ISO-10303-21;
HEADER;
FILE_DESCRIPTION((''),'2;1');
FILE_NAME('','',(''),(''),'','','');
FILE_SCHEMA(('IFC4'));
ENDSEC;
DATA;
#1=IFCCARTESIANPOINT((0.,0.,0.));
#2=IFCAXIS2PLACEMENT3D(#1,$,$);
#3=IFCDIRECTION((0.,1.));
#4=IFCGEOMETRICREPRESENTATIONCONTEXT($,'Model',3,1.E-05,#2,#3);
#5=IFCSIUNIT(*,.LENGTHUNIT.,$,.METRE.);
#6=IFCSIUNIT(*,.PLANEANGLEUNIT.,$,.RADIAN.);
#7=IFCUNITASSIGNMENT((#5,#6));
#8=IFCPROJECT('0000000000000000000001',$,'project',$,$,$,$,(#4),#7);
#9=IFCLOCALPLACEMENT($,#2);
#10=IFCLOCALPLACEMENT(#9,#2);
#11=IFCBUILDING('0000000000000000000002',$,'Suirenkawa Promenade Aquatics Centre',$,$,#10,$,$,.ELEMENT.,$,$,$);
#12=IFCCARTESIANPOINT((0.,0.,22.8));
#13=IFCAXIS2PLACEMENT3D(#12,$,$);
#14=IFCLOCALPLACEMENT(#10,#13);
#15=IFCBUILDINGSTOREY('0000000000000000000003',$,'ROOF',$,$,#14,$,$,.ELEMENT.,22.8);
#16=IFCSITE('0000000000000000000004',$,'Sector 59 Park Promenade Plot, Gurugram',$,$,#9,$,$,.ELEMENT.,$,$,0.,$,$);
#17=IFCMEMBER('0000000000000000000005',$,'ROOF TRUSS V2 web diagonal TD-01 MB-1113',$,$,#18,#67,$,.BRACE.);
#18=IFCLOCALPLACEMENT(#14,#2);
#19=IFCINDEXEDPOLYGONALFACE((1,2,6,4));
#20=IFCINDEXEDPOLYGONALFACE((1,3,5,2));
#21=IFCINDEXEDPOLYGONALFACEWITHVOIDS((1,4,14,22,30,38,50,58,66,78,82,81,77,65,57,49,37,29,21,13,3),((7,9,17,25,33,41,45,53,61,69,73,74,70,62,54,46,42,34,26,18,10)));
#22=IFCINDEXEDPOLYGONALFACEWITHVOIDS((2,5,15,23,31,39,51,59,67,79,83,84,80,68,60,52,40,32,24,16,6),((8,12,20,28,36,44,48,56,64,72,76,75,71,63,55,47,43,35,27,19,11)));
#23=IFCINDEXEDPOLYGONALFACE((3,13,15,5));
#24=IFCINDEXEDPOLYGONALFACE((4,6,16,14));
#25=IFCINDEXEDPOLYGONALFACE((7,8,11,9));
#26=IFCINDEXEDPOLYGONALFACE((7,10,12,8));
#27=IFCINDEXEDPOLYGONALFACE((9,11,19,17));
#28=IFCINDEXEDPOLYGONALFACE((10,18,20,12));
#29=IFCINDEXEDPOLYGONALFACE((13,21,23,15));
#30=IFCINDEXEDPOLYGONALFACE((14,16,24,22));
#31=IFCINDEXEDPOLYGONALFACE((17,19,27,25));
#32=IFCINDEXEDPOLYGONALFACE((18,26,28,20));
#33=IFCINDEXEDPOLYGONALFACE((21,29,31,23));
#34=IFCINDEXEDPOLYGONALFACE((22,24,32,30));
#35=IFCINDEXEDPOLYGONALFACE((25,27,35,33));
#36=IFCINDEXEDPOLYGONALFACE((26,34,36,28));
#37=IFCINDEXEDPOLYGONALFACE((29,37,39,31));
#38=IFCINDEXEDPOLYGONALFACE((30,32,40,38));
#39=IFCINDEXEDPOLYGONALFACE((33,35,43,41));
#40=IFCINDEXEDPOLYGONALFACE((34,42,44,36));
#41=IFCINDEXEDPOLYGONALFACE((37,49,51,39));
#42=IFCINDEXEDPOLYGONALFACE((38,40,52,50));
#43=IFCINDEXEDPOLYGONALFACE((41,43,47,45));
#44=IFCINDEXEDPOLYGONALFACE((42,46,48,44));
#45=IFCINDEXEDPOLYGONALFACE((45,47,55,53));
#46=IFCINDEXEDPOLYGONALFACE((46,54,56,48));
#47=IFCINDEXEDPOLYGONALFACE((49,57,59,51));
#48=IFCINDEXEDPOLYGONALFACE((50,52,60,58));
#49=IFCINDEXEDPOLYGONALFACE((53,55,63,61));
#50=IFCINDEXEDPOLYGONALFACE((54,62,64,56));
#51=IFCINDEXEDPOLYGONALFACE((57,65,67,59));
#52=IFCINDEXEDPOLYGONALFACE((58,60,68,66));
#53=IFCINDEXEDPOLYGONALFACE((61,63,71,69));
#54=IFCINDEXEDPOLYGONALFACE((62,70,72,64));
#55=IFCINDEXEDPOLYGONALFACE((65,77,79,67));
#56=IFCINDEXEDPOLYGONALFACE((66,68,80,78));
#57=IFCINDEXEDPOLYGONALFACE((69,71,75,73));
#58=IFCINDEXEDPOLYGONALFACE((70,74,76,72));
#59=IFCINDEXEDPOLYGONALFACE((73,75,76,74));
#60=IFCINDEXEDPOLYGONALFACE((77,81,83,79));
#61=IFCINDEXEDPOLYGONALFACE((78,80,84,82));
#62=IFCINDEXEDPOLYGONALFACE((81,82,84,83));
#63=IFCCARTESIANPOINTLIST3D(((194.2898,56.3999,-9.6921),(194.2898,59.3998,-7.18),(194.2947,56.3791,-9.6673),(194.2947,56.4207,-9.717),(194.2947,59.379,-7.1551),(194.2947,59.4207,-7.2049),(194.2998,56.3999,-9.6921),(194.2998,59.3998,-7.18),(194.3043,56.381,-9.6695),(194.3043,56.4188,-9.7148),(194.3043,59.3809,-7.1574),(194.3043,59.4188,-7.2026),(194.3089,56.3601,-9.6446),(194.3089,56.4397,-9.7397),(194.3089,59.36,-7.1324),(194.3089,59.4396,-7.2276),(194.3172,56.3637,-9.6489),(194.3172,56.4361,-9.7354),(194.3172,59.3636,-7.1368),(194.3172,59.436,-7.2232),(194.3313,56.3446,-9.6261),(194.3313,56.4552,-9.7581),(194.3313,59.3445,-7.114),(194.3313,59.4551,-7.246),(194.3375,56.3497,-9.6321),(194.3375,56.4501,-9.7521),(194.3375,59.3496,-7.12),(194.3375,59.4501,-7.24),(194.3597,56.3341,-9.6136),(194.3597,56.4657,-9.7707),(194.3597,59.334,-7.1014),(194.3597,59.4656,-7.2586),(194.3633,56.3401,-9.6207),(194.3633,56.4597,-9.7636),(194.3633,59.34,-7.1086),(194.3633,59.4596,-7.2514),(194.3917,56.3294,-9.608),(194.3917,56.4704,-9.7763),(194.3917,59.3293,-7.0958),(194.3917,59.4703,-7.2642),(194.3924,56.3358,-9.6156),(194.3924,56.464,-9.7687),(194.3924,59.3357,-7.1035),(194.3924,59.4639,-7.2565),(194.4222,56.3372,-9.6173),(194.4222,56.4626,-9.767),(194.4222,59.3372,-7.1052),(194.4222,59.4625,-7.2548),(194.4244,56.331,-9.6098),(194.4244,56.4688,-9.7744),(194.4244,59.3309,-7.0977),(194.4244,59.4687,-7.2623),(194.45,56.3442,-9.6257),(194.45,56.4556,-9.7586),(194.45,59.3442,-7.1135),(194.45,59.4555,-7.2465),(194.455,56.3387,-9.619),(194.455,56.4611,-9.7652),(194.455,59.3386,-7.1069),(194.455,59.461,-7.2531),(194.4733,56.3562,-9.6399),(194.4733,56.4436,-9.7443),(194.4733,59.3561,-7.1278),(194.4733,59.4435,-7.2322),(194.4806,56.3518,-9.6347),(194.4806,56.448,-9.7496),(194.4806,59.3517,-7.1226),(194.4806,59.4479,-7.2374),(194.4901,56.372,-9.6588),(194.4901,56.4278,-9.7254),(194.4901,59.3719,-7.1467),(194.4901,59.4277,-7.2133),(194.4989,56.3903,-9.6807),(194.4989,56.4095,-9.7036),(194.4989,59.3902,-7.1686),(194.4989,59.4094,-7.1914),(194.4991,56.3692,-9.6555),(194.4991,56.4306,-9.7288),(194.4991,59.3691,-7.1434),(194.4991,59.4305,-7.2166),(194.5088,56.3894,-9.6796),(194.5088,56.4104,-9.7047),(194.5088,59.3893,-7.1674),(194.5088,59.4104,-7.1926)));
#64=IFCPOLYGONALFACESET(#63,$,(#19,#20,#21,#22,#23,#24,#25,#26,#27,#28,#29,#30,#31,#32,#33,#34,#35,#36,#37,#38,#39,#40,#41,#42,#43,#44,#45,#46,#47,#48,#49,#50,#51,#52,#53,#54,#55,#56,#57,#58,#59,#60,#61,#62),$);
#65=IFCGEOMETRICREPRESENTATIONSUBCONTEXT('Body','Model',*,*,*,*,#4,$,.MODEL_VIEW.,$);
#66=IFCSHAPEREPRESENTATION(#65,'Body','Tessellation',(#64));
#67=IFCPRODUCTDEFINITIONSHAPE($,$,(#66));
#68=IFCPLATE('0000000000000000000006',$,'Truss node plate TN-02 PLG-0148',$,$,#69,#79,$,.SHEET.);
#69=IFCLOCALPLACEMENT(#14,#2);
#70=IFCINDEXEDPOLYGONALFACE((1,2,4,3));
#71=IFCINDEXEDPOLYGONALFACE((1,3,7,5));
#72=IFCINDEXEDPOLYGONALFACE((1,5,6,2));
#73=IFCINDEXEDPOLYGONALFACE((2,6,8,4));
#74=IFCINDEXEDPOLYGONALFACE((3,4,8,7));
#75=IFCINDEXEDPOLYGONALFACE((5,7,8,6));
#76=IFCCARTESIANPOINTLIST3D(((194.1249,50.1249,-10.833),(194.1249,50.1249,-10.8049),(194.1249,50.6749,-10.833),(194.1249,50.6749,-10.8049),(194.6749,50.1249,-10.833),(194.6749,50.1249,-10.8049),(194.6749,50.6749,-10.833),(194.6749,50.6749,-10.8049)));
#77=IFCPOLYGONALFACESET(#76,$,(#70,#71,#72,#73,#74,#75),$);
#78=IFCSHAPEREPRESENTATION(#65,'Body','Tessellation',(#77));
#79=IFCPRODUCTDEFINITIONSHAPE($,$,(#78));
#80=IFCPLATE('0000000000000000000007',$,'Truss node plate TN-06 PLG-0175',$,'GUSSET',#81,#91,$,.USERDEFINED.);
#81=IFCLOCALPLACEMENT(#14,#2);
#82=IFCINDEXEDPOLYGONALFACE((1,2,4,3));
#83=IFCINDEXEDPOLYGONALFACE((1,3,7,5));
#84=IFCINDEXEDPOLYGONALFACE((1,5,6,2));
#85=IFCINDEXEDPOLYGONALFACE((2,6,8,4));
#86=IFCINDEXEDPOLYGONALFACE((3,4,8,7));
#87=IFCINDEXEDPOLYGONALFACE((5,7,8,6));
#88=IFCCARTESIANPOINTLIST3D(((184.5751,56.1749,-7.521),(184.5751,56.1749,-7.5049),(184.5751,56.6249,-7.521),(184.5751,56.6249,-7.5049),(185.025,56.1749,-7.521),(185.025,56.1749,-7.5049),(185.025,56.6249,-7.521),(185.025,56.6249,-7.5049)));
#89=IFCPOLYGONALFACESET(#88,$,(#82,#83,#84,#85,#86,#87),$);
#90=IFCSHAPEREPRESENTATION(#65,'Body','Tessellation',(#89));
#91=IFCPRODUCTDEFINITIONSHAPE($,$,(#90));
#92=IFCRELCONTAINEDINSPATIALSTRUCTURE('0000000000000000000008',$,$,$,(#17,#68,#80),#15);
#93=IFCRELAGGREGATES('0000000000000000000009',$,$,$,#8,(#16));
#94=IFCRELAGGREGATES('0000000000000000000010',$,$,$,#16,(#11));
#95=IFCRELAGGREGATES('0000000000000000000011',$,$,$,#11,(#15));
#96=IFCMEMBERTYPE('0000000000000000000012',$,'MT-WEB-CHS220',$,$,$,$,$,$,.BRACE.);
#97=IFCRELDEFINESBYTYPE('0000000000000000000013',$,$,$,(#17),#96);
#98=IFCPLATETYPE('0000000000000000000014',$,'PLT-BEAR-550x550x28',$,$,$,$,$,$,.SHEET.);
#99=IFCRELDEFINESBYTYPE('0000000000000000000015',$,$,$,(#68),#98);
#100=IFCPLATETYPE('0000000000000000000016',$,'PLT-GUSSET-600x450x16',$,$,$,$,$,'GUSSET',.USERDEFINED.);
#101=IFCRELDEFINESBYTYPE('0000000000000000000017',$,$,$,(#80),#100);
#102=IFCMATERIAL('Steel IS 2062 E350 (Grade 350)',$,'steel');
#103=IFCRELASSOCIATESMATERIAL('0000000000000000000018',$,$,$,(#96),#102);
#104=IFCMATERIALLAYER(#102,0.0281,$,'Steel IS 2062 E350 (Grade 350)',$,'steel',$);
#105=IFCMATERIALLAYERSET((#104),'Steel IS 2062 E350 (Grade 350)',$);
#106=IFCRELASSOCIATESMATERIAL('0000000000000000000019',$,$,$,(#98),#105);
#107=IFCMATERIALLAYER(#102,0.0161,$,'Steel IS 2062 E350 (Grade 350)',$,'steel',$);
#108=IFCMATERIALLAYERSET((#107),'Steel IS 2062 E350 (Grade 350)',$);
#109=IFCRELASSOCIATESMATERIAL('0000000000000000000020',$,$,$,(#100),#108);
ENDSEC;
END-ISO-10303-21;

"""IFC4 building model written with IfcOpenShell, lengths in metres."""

from ifc_helpers import new_model, si_unit, direction, frame, origin, origin_2d, place, context, subcontext, project, spatial, rectangle, hollow_circle, extrude, material, layer, layer_set, material_profile, profile_set, type_object, element, save


model = new_model("IFC4")

# Units and contexts
model_context = context("Model", 3, precision=1e-05, world=origin(), true_north=direction((0.0, 1.0)))
body_context = subcontext(model_context, "Body", "Model", "MODEL_VIEW")
ifc_project = project(units=[si_unit("LENGTHUNIT", "METRE"), si_unit("PLANEANGLEUNIT", "RADIAN")], contexts=[model_context])

# Site, building, storey
site_placement = place(None, origin())
site = spatial("IfcSite", under=ifc_project, at=site_placement, Name="Sector 59 Park Promenade Plot, Gurugram", CompositionType="ELEMENT", RefElevation=0.0)
building_placement = place(site_placement, origin())
building = spatial("IfcBuilding", under=site, at=building_placement, Name="Suirenkawa Promenade Aquatics Centre", CompositionType="ELEMENT")
storey_placement = place(building_placement, frame((0.0, 0.0, 22.8)))
storey = spatial("IfcBuildingStorey", under=building, at=storey_placement, Name="ROOF", CompositionType="ELEMENT", Elevation=22.8)

# Shared definitions
ifc_material = material(Name="Steel IS 2062 E350 (Grade 350)", Category="steel")

# Member
ifc_material_profile_1 = material_profile(ifc_material, hollow_circle(Radius=0.1101, WallThickness=0.01, at=origin_2d()), Name="CHS 220x10", Category="steel")
ifc_profile_set_1 = profile_set([ifc_material_profile_1], Name="Steel IS 2062 E350 (Grade 350)")
member_type_1 = type_object("IfcMemberType", Name="MT-WEB-CHS220", PredefinedType="BRACE", material=ifc_profile_set_1)
member_1_placement = place(storey_placement, frame((194.3999, 56.3999, -9.6921), z_axis=(0.0, 0.766685, 0.642024), x_axis=(-1.0, 0.0, 0.0)))
element("IfcMember", 1, at=member_1_placement, inside=storey, type_object=member_type_1, Name="ROOF TRUSS V2 web diagonal TD-01 MB-1113", PredefinedType="BRACE", context=body_context, shape_type="SweptSolid", body=[
    extrude(hollow_circle(Radius=0.1101, WallThickness=0.01, at=origin_2d()), origin(), (0.0, 0.0, 1.0), 3.9128),
])

# Plates
ifc_layer_1 = layer(ifc_material, 0.0281, Name="Steel IS 2062 E350 (Grade 350)", Category="steel")
ifc_layer_set_1 = layer_set([ifc_layer_1], Name="Steel IS 2062 E350 (Grade 350)")
plate_type_1 = type_object("IfcPlateType", Name="PLT-BEAR-550x550x28", PredefinedType="SHEET", material=ifc_layer_set_1)
plate_1_placement = place(storey_placement, frame((194.3999, 50.3999, -10.833), z_axis=(0.0, 0.0, 1.0), x_axis=(1.0, 0.0, 0.0)))
element("IfcPlate", 2, at=plate_1_placement, inside=storey, type_object=plate_type_1, Name="Truss node plate TN-02 PLG-0148", PredefinedType="SHEET", context=body_context, shape_type="SweptSolid", body=[
    extrude(rectangle(XDim=0.55, YDim=0.55, at=origin_2d()), origin(), (0.0, 0.0, 1.0), 0.0281),
])
ifc_layer_2 = layer(ifc_material, 0.0161, Name="Steel IS 2062 E350 (Grade 350)", Category="steel")
ifc_layer_set_2 = layer_set([ifc_layer_2], Name="Steel IS 2062 E350 (Grade 350)")
plate_type_2 = type_object("IfcPlateType", Name="PLT-GUSSET-600x450x16", ElementType="GUSSET", PredefinedType="USERDEFINED", material=ifc_layer_set_2)
plate_2_placement = place(storey_placement, frame((184.8, 56.3999, -7.521), z_axis=(0.0, 0.0, 1.0), x_axis=(1.0, 0.0, 0.0)))
element("IfcPlate", 3, at=plate_2_placement, inside=storey, type_object=plate_type_2, Name="Truss node plate TN-06 PLG-0175", ObjectType="GUSSET", PredefinedType="USERDEFINED", context=body_context, shape_type="SweptSolid", body=[
    extrude(rectangle(XDim=0.45, YDim=0.45, at=origin_2d()), origin(), (0.0, 0.0, 1.0), 0.0161),
])

save(model, "model.ifc")
